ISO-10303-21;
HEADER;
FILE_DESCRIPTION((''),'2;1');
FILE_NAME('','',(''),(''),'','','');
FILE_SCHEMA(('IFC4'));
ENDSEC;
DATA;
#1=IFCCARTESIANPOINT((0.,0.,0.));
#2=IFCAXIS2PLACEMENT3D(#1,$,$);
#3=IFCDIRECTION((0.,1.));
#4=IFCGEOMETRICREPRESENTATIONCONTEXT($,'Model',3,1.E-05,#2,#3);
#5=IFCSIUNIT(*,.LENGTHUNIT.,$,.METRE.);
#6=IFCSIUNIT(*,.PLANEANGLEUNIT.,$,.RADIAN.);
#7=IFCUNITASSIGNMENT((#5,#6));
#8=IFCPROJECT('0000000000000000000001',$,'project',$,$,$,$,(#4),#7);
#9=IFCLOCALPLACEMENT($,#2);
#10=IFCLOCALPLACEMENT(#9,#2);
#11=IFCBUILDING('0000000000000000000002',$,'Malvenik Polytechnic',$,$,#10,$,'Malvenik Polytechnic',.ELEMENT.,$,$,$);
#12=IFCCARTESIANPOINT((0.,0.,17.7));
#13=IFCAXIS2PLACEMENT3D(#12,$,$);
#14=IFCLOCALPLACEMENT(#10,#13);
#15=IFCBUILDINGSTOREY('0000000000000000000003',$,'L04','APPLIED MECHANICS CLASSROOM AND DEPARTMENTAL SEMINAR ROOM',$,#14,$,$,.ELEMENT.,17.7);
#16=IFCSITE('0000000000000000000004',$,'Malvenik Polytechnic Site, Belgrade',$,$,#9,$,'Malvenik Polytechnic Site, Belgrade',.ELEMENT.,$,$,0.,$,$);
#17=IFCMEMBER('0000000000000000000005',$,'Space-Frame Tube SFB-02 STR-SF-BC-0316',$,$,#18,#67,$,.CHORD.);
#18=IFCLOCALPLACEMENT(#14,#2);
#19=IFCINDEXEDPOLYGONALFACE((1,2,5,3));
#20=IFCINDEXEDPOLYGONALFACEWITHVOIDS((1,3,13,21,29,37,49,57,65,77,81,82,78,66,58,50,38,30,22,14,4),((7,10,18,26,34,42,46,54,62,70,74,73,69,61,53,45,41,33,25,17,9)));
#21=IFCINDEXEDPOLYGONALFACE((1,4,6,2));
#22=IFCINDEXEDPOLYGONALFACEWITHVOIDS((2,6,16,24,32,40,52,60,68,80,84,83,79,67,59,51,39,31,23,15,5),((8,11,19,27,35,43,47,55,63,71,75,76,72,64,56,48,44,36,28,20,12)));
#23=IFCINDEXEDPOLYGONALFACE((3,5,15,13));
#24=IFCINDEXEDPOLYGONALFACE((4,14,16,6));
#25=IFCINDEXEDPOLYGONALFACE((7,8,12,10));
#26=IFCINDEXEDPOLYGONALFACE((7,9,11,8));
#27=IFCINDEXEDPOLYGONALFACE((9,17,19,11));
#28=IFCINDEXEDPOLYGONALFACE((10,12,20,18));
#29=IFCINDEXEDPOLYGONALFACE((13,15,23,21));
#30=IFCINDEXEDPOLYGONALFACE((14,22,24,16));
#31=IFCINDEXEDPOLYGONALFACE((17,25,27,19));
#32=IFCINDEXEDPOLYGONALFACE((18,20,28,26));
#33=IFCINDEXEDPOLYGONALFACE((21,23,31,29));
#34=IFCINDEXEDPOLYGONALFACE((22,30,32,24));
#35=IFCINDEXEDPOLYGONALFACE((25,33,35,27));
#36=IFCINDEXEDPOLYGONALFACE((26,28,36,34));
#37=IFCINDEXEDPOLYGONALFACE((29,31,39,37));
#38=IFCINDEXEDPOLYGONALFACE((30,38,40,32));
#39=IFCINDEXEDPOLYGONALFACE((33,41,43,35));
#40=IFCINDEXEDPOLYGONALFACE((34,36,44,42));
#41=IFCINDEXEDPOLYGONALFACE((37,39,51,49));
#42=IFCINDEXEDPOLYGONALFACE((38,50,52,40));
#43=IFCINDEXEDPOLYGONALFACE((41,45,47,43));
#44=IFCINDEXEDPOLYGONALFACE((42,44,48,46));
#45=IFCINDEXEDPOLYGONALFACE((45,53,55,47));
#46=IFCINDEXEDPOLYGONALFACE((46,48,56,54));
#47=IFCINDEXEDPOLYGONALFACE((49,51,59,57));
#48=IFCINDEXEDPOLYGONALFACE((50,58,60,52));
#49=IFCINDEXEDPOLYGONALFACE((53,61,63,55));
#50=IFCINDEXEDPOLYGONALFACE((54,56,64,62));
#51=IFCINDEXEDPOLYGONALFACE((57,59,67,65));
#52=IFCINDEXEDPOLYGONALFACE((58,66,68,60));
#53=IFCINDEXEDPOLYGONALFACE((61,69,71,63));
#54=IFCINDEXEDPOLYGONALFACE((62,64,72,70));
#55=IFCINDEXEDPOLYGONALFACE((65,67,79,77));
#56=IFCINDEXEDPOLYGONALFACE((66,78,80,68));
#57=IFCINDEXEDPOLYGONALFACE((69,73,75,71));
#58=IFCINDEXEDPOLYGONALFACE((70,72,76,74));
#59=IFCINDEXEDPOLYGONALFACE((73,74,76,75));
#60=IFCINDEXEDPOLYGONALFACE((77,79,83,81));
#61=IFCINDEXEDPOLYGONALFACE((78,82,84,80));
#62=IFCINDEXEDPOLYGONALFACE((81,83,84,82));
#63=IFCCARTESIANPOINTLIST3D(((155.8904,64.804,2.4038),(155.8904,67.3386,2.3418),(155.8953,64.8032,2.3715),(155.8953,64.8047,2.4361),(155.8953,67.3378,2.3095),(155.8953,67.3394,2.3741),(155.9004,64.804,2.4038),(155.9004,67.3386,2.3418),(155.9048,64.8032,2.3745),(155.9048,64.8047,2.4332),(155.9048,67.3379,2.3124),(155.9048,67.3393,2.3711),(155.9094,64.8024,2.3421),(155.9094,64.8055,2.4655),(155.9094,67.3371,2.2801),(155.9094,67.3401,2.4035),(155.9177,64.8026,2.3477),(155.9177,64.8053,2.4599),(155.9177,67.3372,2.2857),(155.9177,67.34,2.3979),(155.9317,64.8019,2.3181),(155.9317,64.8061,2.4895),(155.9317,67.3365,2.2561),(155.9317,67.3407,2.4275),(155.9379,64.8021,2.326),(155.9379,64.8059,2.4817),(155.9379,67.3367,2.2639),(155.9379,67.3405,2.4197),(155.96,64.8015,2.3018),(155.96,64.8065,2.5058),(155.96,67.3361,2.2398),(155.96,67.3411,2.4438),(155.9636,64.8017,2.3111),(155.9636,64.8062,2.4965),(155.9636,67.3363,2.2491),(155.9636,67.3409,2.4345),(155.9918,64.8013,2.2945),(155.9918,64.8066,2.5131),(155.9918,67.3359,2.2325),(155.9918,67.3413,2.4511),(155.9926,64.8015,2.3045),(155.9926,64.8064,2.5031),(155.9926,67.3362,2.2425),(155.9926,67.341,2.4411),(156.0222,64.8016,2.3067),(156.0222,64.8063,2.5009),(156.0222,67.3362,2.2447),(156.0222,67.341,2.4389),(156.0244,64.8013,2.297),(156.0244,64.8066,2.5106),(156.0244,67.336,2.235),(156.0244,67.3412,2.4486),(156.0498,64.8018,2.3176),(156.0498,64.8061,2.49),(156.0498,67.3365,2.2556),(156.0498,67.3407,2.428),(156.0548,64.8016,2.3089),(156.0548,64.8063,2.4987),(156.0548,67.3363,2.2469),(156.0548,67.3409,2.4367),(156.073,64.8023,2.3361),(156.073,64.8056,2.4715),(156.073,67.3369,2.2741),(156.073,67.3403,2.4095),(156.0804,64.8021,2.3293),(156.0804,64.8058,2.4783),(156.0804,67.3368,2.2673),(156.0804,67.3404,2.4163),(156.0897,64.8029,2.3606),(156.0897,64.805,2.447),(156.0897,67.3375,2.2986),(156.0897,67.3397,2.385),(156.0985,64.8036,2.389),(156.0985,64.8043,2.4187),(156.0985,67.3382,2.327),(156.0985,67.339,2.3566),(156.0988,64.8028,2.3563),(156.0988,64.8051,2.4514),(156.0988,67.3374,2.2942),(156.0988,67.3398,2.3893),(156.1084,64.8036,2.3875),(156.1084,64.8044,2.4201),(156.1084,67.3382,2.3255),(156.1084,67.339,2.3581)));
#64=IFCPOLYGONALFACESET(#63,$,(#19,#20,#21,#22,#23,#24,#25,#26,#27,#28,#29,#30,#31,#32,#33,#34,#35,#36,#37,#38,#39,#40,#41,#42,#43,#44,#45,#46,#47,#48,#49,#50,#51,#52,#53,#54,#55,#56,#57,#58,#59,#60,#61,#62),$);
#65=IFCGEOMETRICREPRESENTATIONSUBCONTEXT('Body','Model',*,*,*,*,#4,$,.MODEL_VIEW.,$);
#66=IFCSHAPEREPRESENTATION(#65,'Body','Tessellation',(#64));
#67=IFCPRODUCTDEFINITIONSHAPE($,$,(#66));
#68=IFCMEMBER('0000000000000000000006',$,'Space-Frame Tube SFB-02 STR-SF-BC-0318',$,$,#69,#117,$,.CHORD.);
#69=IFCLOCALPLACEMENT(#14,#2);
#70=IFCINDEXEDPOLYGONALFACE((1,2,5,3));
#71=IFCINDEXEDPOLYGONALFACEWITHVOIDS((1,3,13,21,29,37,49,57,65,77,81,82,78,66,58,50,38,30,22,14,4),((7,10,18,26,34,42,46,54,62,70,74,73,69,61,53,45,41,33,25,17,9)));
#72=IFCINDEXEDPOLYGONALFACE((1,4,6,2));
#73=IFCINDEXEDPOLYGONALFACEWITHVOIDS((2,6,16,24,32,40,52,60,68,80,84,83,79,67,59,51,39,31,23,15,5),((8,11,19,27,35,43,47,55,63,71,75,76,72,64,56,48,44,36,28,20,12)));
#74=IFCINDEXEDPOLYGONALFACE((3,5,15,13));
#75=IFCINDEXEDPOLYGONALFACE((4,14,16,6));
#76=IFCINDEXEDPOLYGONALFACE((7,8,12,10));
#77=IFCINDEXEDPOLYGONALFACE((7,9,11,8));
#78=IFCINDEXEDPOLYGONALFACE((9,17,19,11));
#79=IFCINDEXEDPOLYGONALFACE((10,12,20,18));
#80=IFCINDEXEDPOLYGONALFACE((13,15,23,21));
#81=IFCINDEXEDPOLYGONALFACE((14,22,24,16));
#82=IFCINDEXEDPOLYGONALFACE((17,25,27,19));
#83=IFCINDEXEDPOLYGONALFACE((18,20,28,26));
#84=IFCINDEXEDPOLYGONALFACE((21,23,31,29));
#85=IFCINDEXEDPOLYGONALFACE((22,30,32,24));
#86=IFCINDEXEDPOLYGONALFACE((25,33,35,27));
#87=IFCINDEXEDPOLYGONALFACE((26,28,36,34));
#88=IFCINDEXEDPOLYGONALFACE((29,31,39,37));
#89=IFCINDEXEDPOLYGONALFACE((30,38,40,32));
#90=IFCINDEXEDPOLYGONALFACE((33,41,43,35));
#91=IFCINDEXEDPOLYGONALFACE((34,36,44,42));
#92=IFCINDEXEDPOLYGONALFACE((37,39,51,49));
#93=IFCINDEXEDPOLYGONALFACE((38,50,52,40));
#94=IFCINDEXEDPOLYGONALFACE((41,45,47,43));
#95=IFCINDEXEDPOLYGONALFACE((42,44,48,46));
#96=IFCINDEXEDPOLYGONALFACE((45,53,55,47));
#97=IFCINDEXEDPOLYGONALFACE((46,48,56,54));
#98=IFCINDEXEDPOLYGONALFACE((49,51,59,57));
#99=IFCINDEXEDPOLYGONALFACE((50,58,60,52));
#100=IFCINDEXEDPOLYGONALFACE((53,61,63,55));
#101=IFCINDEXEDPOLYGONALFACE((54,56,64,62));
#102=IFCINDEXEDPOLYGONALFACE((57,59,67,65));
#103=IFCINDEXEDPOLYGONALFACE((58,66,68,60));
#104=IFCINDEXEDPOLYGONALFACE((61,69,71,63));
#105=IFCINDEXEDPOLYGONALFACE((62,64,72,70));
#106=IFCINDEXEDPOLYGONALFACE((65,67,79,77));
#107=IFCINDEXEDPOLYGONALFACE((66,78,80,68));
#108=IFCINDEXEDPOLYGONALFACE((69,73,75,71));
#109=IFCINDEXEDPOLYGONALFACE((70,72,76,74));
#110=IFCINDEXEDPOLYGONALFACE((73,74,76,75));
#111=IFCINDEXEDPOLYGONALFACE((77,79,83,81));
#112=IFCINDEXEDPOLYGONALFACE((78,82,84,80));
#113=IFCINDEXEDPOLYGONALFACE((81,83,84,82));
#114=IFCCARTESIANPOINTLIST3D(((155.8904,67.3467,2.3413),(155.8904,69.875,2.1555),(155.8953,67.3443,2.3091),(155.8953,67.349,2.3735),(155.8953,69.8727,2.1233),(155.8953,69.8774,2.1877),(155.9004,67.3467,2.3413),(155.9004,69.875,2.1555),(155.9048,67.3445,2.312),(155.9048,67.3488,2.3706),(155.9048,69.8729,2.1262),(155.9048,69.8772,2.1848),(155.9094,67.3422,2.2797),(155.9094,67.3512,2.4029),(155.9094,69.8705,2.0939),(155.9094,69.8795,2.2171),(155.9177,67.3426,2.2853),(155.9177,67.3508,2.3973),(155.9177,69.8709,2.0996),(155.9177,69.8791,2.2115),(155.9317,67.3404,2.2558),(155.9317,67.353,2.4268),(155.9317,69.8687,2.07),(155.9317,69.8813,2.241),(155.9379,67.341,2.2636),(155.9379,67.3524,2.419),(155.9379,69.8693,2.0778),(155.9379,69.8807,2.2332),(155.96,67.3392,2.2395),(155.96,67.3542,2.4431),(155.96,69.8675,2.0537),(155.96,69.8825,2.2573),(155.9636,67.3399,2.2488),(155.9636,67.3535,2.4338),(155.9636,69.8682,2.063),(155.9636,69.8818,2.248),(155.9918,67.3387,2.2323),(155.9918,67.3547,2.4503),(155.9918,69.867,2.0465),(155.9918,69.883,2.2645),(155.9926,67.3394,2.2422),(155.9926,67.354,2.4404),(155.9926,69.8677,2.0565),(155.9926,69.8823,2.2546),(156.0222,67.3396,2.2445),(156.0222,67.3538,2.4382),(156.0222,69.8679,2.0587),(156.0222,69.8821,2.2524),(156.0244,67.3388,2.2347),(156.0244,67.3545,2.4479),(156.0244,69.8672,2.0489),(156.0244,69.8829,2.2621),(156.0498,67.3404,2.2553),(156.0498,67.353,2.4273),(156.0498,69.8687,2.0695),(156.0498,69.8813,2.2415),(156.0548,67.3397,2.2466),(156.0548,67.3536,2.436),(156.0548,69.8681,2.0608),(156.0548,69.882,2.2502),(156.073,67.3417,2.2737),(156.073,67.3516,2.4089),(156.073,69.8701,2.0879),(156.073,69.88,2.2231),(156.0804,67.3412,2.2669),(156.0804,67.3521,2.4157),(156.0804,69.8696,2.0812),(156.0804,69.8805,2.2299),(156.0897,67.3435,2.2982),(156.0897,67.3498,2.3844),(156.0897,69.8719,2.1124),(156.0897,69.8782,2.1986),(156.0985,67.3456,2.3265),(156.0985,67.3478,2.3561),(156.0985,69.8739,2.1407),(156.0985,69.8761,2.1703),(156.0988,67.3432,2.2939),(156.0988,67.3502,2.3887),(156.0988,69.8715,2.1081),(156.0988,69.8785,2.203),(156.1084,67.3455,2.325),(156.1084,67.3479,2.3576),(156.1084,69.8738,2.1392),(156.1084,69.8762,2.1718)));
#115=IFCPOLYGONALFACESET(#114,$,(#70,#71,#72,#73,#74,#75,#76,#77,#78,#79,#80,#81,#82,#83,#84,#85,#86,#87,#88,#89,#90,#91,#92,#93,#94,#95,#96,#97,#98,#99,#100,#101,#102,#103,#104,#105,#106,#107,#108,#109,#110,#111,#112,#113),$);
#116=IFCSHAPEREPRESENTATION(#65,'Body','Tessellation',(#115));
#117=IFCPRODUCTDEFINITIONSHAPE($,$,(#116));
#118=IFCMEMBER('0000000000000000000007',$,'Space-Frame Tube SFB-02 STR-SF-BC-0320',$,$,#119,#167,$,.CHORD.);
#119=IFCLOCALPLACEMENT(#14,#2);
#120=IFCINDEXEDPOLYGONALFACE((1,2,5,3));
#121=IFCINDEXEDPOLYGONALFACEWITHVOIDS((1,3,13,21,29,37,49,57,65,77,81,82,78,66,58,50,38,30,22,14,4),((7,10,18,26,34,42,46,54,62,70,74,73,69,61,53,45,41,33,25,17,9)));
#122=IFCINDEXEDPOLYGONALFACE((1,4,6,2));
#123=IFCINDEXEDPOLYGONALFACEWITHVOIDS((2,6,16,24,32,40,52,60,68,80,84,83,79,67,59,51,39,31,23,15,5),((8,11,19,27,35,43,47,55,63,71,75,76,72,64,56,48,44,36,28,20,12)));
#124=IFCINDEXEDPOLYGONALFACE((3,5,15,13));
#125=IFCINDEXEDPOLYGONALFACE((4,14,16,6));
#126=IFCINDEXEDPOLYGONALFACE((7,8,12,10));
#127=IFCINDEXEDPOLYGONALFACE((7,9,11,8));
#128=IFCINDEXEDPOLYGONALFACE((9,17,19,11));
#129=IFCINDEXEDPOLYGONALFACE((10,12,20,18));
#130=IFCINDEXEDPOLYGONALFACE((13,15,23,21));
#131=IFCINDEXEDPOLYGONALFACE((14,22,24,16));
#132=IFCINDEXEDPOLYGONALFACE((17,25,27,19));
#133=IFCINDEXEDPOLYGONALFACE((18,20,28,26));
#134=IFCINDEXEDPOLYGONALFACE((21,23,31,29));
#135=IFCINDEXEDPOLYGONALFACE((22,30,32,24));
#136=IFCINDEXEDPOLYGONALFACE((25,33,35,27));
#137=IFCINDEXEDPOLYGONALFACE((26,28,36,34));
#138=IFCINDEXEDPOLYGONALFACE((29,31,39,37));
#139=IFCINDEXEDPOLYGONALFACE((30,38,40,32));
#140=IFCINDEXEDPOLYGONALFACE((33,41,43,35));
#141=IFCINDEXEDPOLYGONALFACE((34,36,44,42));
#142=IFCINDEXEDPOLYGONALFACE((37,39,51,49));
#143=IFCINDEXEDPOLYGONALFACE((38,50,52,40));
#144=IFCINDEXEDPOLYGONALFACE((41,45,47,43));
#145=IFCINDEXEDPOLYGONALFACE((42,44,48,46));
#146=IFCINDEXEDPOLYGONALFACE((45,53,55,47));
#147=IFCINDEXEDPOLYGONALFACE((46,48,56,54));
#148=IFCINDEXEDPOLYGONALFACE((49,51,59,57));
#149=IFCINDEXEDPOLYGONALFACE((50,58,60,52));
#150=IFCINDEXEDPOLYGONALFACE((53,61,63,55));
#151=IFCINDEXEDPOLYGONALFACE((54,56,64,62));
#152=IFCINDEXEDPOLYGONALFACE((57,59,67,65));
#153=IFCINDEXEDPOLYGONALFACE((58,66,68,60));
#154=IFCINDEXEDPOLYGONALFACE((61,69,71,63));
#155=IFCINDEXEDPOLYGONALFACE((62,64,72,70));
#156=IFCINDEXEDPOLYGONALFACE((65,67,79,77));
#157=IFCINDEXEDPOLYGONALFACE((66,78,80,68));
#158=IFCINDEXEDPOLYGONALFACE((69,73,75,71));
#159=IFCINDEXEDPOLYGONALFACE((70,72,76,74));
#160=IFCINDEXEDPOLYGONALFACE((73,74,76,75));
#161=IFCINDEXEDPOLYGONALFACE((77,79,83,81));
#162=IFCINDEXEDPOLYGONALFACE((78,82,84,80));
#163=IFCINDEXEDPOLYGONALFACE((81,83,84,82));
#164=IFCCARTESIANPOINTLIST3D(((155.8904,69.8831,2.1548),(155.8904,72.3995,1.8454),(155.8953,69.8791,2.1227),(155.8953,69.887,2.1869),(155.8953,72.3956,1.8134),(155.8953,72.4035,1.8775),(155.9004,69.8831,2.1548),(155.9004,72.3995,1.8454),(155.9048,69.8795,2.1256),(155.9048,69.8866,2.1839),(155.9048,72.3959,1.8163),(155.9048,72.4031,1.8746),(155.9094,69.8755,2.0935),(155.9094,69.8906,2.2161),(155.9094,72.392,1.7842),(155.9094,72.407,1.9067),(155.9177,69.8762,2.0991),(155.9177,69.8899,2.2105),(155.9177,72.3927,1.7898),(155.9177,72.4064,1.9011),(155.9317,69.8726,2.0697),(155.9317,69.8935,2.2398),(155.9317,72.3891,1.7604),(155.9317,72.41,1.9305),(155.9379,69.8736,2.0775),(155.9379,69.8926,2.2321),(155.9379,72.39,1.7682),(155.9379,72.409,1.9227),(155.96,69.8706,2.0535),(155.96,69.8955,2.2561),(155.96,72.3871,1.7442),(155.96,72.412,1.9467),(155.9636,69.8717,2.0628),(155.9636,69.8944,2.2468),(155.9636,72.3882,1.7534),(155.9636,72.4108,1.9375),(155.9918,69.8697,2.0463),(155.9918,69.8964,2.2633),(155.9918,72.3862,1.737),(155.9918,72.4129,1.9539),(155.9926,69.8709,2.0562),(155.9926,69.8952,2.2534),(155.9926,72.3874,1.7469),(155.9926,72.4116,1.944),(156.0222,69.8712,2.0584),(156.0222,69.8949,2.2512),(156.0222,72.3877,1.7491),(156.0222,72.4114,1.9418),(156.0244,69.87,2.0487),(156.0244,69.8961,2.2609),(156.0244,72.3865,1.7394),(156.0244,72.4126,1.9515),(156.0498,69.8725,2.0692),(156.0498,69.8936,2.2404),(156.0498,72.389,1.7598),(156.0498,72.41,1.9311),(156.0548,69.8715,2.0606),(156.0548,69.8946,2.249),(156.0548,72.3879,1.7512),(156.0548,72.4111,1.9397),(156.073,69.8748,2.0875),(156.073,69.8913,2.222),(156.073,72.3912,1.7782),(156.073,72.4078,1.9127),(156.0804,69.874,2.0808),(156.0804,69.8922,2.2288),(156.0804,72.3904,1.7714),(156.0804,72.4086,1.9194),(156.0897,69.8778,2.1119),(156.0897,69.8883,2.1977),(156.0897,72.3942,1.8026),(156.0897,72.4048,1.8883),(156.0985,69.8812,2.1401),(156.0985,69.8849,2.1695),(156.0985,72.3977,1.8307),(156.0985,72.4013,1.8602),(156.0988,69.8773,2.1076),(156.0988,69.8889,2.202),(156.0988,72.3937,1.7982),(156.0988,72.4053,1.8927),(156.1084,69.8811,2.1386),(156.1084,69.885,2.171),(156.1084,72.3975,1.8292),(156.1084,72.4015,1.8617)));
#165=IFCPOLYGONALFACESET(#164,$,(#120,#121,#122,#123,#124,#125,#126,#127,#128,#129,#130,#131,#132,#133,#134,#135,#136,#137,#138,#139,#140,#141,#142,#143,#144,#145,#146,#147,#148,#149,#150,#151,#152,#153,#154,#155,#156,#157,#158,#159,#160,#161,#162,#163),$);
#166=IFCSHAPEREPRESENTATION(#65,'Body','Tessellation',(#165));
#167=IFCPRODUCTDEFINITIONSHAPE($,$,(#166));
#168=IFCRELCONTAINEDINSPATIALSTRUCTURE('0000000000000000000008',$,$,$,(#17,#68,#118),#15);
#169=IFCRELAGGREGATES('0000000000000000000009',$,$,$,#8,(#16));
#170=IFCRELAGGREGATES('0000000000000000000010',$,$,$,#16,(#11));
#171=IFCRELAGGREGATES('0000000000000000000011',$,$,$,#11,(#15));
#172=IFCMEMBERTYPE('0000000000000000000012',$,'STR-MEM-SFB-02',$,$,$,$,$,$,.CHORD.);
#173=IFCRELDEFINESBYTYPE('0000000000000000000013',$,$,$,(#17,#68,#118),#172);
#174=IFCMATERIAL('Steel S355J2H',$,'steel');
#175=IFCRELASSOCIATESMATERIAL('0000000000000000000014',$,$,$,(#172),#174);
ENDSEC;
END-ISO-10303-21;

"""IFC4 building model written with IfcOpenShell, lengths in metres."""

from ifc_helpers import new_model, si_unit, direction, frame, origin, origin_2d, place, context, subcontext, project, spatial, hollow_circle, extrude, material, material_profile, profile_set, type_object, element, save


model = new_model("IFC4")

# Units and contexts
model_context = context("Model", 3, precision=1e-05, world=origin(), true_north=direction((0.0, 1.0)))
body_context = subcontext(model_context, "Body", "Model", "MODEL_VIEW")
ifc_project = project(units=[si_unit("LENGTHUNIT", "METRE"), si_unit("PLANEANGLEUNIT", "RADIAN")], contexts=[model_context])

# Site, building, storey
site_placement = place(None, origin())
site = spatial("IfcSite", under=ifc_project, at=site_placement, Name="Malvenik Polytechnic Site, Belgrade", LongName="Malvenik Polytechnic Site, Belgrade", CompositionType="ELEMENT", RefElevation=0.0)
building_placement = place(site_placement, origin())
building = spatial("IfcBuilding", under=site, at=building_placement, Name="Malvenik Polytechnic", LongName="Malvenik Polytechnic", CompositionType="ELEMENT")
storey_placement = place(building_placement, frame((0.0, 0.0, 17.7)))
storey = spatial("IfcBuildingStorey", under=building, at=storey_placement, Name="L04", Description="APPLIED MECHANICS CLASSROOM AND DEPARTMENTAL SEMINAR ROOM", CompositionType="ELEMENT", Elevation=17.7)

# Members
ifc_material_1 = material(Name="Steel S355J2H", Category="steel")
ifc_material_profile_1 = material_profile(ifc_material_1, hollow_circle(Radius=0.1096, WallThickness=0.01, at=origin_2d()), Name="CHS 219.1x10.0")
ifc_profile_set_1 = profile_set([ifc_material_profile_1], Name="Steel S355J2H")
member_type_1 = type_object("IfcMemberType", Name="STR-MEM-SFB-02", PredefinedType="CHORD", material=ifc_profile_set_1)
member_1_placement = place(storey_placement, frame((156.0, 64.804, 2.4038), z_axis=(0.0, 0.999701, -0.024458), x_axis=(-1.0, 0.0, 0.0)))
element("IfcMember", 1, at=member_1_placement, inside=storey, type_object=member_type_1, Name="Space-Frame Tube SFB-02 STR-SF-BC-0316", PredefinedType="CHORD", context=body_context, shape_type="SweptSolid", body=[
    extrude(hollow_circle(Radius=0.1096, WallThickness=0.01, at=origin_2d()), origin(), (0.0, 0.0, 1.0), 2.5354),
])
member_2_placement = place(storey_placement, frame((156.0, 67.3467, 2.3413), z_axis=(0.0, 0.997311, -0.073286), x_axis=(-1.0, 0.0, 0.0)))
element("IfcMember", 2, at=member_2_placement, inside=storey, type_object=member_type_1, Name="Space-Frame Tube SFB-02 STR-SF-BC-0318", PredefinedType="CHORD", context=body_context, shape_type="SweptSolid", body=[
    extrude(hollow_circle(Radius=0.1096, WallThickness=0.01, at=origin_2d()), origin(), (0.0, 0.0, 1.0), 2.5352),
])
for number, where, z_axis, x_axis, name in (
    (3, (156.0, 69.8831, 2.1548), (0.0, 0.992529, -0.122008), (-1.0, 0.0, 0.0), "Space-Frame Tube SFB-02 STR-SF-BC-0320"),
):
    element("IfcMember", number, at=place(storey_placement, frame(where, z_axis=z_axis, x_axis=x_axis)), inside=storey, type_object=member_type_1, Name=name, PredefinedType="CHORD", context=body_context, shape_type="SweptSolid", body=[
        extrude(hollow_circle(Radius=0.1096, WallThickness=0.01, at=origin_2d()), origin(), (0.0, 0.0, 1.0), 2.5354),
    ])

save(model, "model.ifc")
